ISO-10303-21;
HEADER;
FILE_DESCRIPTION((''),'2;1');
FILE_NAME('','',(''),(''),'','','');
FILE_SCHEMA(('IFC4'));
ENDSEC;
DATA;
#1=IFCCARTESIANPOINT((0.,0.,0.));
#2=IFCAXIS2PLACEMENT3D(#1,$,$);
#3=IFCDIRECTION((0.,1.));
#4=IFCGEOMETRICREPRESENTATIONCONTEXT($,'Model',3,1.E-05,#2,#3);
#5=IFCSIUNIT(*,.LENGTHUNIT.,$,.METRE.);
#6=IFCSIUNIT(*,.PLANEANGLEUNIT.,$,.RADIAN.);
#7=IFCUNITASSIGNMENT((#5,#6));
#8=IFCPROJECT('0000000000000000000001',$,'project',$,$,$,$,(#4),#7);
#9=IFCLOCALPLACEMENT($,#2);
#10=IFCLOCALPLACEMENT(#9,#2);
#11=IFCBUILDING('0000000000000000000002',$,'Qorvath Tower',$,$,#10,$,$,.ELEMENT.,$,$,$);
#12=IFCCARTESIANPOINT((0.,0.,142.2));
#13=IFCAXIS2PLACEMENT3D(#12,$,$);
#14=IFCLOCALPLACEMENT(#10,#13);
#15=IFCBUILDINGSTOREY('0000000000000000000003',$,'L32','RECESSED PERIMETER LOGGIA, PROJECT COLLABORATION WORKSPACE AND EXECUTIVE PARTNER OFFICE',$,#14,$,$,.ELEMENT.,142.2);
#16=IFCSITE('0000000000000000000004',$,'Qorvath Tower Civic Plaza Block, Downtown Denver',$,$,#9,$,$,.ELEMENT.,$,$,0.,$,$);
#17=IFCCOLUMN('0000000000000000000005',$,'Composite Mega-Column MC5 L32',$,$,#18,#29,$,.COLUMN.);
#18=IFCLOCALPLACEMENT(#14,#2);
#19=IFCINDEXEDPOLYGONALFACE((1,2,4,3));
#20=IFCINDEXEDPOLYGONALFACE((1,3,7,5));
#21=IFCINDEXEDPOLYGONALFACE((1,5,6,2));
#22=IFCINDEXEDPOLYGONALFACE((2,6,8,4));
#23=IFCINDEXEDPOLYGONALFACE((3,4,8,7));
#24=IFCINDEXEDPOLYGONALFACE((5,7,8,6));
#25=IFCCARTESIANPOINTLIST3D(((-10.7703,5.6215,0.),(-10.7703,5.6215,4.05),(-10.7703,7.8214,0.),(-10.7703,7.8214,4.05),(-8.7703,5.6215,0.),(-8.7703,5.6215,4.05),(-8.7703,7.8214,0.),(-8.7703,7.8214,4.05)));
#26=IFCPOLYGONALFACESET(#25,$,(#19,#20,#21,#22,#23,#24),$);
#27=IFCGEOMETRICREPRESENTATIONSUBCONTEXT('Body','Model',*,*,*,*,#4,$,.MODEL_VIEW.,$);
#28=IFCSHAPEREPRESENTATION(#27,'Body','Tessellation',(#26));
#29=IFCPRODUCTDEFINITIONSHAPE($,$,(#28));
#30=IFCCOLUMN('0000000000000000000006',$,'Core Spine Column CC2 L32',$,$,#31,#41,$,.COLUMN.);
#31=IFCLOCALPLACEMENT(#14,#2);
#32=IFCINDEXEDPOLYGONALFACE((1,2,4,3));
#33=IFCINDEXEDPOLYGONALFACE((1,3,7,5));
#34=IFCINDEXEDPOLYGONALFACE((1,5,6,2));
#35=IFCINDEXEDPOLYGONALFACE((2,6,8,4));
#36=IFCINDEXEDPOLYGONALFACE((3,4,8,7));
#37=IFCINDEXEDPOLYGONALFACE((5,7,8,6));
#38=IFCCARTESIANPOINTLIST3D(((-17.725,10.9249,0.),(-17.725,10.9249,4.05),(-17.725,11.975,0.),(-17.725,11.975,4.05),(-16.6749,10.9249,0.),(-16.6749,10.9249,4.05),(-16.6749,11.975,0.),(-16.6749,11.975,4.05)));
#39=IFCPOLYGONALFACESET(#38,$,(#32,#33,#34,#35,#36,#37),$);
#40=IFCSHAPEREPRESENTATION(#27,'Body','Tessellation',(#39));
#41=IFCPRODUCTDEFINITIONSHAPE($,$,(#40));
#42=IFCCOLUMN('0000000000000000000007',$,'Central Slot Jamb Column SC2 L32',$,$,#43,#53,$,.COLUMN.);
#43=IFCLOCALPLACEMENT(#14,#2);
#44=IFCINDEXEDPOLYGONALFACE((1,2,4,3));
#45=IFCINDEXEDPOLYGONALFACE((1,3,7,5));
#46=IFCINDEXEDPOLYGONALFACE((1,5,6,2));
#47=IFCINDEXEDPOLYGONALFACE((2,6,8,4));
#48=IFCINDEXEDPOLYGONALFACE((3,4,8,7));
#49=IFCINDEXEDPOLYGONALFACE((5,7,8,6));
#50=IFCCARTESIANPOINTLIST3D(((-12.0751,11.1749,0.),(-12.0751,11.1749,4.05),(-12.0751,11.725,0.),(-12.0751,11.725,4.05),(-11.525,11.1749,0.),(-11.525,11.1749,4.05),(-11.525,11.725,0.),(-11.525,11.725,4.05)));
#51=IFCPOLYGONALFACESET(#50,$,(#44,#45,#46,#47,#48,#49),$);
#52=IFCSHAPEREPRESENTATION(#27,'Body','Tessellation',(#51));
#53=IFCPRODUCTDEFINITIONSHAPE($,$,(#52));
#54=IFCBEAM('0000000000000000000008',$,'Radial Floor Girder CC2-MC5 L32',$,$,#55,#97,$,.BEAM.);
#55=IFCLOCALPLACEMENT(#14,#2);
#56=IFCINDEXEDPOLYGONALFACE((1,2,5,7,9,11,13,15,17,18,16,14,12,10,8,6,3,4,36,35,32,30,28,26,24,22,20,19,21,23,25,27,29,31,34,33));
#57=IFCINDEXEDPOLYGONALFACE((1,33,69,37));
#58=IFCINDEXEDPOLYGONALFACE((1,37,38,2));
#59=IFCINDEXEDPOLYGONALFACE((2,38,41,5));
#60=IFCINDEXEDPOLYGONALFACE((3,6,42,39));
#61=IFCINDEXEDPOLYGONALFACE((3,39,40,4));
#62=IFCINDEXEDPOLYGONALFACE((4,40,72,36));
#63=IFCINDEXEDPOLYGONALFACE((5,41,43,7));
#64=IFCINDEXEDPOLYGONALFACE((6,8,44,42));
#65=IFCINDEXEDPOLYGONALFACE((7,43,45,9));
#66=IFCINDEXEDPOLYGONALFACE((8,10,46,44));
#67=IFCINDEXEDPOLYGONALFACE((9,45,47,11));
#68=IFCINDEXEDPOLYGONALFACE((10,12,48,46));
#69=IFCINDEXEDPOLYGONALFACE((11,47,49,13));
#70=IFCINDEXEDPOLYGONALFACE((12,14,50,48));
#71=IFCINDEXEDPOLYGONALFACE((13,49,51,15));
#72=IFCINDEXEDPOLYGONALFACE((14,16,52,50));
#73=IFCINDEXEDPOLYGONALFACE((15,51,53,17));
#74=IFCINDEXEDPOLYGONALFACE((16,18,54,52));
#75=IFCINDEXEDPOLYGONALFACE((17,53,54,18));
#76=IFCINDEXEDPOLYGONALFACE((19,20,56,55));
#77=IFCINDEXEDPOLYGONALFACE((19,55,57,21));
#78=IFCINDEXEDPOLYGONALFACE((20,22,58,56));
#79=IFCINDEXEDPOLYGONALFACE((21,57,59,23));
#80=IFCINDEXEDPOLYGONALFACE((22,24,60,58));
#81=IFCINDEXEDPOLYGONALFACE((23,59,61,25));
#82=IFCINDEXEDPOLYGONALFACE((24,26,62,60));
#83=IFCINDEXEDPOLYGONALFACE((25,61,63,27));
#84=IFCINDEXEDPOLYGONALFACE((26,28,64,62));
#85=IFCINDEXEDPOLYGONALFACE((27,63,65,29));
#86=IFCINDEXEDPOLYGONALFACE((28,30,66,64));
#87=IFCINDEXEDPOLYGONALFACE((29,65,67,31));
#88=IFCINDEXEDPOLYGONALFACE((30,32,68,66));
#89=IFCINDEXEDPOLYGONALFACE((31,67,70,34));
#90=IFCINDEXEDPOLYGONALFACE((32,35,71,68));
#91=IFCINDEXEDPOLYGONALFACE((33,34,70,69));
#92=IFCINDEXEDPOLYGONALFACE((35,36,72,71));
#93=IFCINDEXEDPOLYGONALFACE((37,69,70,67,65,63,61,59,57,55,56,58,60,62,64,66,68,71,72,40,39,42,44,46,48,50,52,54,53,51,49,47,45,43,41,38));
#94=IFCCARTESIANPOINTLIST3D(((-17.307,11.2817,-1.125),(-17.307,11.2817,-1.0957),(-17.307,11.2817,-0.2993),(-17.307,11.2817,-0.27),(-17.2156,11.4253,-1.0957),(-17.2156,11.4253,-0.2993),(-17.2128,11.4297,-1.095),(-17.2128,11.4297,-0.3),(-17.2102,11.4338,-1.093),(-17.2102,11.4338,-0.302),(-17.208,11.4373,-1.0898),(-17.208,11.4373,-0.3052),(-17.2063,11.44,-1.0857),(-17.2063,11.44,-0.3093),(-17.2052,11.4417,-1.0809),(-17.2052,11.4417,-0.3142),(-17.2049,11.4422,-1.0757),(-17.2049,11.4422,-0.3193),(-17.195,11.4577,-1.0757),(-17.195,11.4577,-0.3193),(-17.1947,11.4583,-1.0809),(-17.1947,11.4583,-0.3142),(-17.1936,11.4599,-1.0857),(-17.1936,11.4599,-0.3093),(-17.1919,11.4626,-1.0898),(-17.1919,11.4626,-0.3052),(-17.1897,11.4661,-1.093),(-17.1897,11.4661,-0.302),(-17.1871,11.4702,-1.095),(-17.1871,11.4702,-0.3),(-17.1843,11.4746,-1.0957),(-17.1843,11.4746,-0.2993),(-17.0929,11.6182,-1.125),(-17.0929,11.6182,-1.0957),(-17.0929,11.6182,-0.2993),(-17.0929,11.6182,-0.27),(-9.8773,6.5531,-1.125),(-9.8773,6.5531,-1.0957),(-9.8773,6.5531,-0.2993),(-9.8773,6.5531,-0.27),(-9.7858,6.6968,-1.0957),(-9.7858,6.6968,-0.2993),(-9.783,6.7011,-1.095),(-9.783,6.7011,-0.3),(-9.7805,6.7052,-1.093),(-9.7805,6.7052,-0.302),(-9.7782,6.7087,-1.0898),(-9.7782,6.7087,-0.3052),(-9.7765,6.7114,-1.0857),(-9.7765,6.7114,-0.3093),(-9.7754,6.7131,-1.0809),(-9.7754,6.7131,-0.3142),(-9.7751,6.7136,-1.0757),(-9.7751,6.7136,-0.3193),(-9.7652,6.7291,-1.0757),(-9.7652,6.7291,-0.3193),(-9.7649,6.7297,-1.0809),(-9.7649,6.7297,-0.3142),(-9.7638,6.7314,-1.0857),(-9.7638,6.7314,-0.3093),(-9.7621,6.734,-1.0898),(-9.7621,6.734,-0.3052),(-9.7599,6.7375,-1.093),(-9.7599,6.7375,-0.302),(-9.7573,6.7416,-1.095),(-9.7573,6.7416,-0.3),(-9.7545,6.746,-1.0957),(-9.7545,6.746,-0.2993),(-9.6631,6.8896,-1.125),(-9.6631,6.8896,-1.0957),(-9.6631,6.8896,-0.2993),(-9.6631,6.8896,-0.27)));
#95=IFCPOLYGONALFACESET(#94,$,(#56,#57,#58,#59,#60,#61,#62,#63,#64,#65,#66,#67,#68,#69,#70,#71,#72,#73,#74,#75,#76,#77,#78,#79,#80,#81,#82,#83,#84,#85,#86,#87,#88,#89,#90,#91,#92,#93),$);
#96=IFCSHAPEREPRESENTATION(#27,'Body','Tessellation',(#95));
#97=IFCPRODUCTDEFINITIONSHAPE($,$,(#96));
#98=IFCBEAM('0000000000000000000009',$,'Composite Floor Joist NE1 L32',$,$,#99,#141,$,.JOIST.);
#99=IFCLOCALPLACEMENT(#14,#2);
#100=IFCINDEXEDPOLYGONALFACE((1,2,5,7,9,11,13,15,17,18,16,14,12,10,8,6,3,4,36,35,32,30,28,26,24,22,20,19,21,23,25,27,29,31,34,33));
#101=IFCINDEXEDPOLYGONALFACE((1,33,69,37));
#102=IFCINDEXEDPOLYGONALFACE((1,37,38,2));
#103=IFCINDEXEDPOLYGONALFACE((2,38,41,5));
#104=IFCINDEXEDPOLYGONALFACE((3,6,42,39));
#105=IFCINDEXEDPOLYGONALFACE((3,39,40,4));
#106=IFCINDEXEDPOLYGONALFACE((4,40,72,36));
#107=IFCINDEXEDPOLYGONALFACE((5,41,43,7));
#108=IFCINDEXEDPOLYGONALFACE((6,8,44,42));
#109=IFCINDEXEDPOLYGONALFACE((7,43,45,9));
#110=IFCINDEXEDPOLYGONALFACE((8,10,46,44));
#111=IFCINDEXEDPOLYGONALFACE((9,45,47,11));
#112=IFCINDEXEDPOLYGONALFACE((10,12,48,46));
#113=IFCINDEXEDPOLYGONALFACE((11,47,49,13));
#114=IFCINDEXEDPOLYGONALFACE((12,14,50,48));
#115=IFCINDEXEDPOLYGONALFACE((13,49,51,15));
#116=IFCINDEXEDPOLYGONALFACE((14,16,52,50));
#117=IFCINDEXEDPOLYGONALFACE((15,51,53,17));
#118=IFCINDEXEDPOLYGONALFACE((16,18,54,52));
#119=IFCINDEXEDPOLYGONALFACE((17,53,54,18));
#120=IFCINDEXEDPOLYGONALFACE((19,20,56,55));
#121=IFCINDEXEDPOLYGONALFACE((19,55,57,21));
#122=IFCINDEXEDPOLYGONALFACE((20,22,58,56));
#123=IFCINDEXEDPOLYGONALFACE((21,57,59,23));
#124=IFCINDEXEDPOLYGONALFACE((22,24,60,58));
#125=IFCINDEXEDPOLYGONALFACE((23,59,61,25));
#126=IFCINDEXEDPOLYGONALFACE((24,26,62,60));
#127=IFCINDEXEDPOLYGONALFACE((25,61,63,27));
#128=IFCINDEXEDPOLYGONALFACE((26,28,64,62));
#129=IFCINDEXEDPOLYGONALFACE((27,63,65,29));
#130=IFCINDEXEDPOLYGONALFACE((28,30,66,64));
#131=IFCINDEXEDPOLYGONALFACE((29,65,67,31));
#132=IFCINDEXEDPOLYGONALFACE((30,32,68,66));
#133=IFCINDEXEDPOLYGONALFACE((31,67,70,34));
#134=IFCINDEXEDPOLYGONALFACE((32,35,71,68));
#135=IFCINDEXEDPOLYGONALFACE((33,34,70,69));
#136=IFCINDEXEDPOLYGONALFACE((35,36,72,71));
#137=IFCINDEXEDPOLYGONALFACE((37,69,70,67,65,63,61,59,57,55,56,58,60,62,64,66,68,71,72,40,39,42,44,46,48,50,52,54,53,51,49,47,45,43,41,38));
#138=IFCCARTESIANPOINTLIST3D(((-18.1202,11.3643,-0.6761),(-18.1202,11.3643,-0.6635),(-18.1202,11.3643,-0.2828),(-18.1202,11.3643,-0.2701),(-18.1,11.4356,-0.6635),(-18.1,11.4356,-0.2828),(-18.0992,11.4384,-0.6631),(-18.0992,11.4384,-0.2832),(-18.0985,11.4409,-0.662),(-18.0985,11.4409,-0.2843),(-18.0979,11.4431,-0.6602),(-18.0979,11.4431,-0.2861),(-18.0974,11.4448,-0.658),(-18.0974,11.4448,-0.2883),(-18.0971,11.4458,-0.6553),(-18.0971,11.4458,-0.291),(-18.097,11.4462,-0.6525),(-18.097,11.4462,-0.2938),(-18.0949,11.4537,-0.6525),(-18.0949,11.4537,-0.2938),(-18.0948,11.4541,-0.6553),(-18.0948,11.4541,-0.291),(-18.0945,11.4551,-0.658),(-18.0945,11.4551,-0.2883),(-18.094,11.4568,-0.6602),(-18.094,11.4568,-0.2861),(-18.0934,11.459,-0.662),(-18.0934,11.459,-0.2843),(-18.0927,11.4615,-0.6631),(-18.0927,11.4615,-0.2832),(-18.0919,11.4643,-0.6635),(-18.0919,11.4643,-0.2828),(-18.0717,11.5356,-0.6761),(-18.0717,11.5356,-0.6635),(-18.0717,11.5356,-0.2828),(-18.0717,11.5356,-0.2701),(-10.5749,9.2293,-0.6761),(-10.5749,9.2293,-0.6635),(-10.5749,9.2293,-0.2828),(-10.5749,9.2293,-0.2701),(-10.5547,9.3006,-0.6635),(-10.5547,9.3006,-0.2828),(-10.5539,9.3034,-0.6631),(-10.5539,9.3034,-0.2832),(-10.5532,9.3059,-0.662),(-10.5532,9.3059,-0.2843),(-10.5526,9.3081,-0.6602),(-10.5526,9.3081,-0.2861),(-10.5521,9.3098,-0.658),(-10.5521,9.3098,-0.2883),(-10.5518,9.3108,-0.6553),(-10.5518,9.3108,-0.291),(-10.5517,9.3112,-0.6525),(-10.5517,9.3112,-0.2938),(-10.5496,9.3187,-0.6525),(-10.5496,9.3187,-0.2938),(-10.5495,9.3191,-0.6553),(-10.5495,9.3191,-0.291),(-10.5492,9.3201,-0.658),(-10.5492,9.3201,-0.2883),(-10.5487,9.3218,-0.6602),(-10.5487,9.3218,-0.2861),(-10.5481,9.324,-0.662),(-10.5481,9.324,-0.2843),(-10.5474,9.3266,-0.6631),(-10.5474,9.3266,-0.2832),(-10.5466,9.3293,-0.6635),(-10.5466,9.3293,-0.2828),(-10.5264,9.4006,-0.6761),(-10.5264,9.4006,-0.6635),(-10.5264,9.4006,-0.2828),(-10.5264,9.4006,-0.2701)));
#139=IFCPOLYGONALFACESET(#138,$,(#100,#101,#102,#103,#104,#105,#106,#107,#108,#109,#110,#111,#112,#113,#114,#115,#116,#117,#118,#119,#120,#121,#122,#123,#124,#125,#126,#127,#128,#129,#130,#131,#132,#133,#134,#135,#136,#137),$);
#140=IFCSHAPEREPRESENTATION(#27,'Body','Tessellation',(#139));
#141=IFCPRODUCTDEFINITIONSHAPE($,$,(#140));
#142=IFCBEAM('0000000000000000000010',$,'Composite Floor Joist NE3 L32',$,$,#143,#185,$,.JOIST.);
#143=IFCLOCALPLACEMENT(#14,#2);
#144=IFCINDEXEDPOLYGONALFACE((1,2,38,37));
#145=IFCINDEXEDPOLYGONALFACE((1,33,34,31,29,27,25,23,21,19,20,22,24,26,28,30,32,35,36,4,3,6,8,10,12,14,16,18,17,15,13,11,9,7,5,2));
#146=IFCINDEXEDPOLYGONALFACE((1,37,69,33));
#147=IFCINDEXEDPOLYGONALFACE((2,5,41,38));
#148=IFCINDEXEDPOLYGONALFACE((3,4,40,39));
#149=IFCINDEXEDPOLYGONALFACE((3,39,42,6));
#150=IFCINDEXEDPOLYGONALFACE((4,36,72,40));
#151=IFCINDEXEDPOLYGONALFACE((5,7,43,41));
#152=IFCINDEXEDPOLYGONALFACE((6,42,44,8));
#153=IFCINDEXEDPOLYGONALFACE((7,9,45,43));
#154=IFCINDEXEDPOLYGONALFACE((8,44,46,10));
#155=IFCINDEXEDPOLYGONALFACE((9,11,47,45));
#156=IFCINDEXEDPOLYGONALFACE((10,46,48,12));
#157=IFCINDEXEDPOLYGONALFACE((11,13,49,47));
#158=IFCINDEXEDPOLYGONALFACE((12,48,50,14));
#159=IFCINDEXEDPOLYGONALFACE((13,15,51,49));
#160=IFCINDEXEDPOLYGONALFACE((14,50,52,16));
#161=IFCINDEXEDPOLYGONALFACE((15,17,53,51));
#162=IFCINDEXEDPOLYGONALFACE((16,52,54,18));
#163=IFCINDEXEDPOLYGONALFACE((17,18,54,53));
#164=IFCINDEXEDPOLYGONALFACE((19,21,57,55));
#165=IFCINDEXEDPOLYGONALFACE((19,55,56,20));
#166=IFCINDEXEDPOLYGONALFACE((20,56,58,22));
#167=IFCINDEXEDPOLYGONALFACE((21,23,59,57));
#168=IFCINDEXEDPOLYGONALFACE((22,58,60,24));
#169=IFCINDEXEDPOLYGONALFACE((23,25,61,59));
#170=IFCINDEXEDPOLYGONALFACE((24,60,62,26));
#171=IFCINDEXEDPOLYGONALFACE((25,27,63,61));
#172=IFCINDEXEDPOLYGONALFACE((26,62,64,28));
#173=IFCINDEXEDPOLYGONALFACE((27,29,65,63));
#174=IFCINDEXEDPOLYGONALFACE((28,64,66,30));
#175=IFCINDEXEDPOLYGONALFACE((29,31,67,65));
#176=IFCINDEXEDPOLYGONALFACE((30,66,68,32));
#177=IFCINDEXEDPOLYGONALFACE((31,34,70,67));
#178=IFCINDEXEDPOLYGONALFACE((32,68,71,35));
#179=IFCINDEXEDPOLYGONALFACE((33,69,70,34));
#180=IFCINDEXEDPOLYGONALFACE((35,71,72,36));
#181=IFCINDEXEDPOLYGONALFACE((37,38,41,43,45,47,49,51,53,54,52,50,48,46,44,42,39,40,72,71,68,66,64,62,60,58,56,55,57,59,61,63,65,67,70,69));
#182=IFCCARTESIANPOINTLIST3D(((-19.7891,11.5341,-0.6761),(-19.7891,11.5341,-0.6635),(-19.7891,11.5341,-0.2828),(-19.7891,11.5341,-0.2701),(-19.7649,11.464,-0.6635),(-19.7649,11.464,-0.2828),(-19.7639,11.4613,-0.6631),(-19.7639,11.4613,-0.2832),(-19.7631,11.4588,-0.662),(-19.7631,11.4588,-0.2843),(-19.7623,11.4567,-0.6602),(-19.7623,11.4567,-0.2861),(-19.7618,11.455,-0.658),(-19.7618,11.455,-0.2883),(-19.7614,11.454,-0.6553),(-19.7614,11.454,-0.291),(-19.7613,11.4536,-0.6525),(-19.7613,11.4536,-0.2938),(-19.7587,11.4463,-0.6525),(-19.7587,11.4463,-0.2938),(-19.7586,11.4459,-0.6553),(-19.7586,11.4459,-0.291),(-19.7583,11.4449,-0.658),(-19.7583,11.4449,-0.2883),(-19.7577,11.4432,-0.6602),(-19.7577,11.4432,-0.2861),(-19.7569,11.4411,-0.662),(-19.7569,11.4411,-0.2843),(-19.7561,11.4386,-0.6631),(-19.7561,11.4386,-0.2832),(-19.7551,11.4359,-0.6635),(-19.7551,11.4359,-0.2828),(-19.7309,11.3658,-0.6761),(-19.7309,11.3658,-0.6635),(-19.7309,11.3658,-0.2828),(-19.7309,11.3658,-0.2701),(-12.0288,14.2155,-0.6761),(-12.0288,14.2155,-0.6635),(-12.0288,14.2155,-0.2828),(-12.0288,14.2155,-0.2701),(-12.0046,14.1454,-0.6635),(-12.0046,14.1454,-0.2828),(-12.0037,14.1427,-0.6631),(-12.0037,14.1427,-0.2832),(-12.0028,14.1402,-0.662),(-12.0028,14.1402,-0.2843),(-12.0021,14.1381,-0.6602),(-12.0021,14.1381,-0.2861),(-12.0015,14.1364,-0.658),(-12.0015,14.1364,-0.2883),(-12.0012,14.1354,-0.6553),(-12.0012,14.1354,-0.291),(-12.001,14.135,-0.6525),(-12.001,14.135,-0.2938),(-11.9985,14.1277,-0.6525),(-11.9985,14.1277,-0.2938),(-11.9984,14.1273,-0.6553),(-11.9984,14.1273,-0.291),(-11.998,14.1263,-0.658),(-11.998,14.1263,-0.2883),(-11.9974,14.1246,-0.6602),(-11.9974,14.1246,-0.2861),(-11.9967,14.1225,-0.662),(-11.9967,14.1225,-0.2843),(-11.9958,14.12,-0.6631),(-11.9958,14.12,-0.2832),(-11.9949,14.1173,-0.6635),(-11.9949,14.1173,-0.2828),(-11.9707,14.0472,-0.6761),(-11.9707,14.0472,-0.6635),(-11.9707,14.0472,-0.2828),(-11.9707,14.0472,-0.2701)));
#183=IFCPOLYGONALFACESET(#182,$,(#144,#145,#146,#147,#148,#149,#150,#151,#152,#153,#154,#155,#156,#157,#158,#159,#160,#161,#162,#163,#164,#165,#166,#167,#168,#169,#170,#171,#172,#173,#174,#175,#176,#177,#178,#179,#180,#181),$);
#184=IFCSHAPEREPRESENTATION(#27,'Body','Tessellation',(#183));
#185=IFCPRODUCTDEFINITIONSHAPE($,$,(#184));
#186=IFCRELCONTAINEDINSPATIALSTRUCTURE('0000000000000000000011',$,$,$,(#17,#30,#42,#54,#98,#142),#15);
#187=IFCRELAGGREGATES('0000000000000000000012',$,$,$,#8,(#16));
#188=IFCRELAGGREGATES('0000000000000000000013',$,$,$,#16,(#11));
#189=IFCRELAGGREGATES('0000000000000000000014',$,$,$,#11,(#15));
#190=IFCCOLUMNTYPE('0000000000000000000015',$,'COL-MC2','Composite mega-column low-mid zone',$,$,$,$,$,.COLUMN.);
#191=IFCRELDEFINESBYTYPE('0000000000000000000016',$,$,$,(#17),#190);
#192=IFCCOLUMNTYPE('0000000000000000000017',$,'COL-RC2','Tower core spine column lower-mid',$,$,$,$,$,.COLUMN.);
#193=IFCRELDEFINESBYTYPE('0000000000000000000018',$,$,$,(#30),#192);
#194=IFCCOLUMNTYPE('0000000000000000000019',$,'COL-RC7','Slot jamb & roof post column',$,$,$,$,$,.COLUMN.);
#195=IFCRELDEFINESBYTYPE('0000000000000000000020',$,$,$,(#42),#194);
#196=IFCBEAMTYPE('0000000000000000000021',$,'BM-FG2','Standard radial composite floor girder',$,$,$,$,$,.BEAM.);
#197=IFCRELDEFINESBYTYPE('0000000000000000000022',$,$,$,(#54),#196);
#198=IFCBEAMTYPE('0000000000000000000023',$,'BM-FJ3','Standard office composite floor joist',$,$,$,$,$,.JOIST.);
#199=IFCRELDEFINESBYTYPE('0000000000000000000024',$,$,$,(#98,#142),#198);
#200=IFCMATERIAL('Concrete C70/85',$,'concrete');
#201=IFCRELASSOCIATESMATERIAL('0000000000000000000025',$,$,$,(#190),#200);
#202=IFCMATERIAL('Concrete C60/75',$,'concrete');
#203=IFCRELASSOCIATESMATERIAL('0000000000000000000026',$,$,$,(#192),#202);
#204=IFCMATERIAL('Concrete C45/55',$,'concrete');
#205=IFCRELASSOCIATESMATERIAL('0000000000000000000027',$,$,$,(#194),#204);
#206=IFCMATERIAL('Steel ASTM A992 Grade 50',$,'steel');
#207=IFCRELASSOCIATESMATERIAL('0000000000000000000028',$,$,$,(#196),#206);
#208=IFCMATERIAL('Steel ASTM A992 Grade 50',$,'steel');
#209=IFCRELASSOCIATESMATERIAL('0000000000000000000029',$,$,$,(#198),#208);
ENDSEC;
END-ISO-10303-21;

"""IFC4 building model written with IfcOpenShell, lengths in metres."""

from ifc_helpers import new_model, si_unit, direction, frame, origin, origin_2d, place, context, subcontext, project, spatial, rectangle, i_section, extrude, material, material_profile, profile_set, type_object, element, save


model = new_model("IFC4")

# Units and contexts
model_context = context("Model", 3, precision=1e-05, world=origin(), true_north=direction((0.0, 1.0)))
body_context = subcontext(model_context, "Body", "Model", "MODEL_VIEW")
ifc_project = project(units=[si_unit("LENGTHUNIT", "METRE"), si_unit("PLANEANGLEUNIT", "RADIAN")], contexts=[model_context])

# Site, building, storey
site_placement = place(None, origin())
site = spatial("IfcSite", under=ifc_project, at=site_placement, Name="Qorvath Tower Civic Plaza Block, Downtown Denver", CompositionType="ELEMENT", RefElevation=0.0)
building_placement = place(site_placement, origin())
building = spatial("IfcBuilding", under=site, at=building_placement, Name="Qorvath Tower", CompositionType="ELEMENT")
storey_placement = place(building_placement, frame((0.0, 0.0, 142.2)))
storey = spatial("IfcBuildingStorey", under=building, at=storey_placement, Name="L32", Description="RECESSED PERIMETER LOGGIA, PROJECT COLLABORATION WORKSPACE AND EXECUTIVE PARTNER OFFICE", CompositionType="ELEMENT", Elevation=142.2)

# Columns
ifc_material_1 = material(Name="Concrete C70/85", Category="concrete")
ifc_material_profile_1 = material_profile(ifc_material_1, rectangle(XDim=2.0, YDim=2.2, at=origin_2d()), Name="MC 2200x2000")
ifc_profile_set_1 = profile_set([ifc_material_profile_1], Name="Concrete C70/85")
column_type_1 = type_object("IfcColumnType", Name="COL-MC2", Description="Composite mega-column low-mid zone", PredefinedType="COLUMN", material=ifc_profile_set_1)
column_1_placement = place(storey_placement, frame((-9.7703, 6.7214, 0.0), z_axis=(0.0, 0.0, 1.0), x_axis=(1.0, 0.0, 0.0)))
element("IfcColumn", 1, at=column_1_placement, inside=storey, type_object=column_type_1, Name="Composite Mega-Column MC5 L32", PredefinedType="COLUMN", context=body_context, shape_type="SweptSolid", body=[
    extrude(rectangle(XDim=2.0, YDim=2.2, at=origin_2d()), origin(), (0.0, 0.0, 1.0), 4.05),
])
ifc_material_2 = material(Name="Concrete C60/75", Category="concrete")
ifc_material_profile_2 = material_profile(ifc_material_2, rectangle(XDim=1.05, YDim=1.05, at=origin_2d()), Name="RC 1050x1050")
ifc_profile_set_2 = profile_set([ifc_material_profile_2], Name="Concrete C60/75")
column_type_2 = type_object("IfcColumnType", Name="COL-RC2", Description="Tower core spine column lower-mid", PredefinedType="COLUMN", material=ifc_profile_set_2)
column_2_placement = place(storey_placement, frame((-17.2, 11.45, 0.0), z_axis=(0.0, 0.0, 1.0), x_axis=(1.0, 0.0, 0.0)))
element("IfcColumn", 2, at=column_2_placement, inside=storey, type_object=column_type_2, Name="Core Spine Column CC2 L32", PredefinedType="COLUMN", context=body_context, shape_type="SweptSolid", body=[
    extrude(rectangle(XDim=1.05, YDim=1.05, at=origin_2d()), origin(), (0.0, 0.0, 1.0), 4.05),
])
ifc_material_3 = material(Name="Concrete C45/55", Category="concrete")
ifc_material_profile_3 = material_profile(ifc_material_3, rectangle(XDim=0.55, YDim=0.55, at=origin_2d()), Name="RC 550x550")
ifc_profile_set_3 = profile_set([ifc_material_profile_3], Name="Concrete C45/55")
column_type_3 = type_object("IfcColumnType", Name="COL-RC7", Description="Slot jamb & roof post column", PredefinedType="COLUMN", material=ifc_profile_set_3)
column_3_placement = place(storey_placement, frame((-11.8, 11.45, 0.0), z_axis=(0.0, 0.0, 1.0), x_axis=(1.0, 0.0, 0.0)))
element("IfcColumn", 3, at=column_3_placement, inside=storey, type_object=column_type_3, Name="Central Slot Jamb Column SC2 L32", PredefinedType="COLUMN", context=body_context, shape_type="SweptSolid", body=[
    extrude(rectangle(XDim=0.55, YDim=0.55, at=origin_2d()), origin(), (0.0, 0.0, 1.0), 4.05),
])

# Beams
ifc_material_4 = material(Name="Steel ASTM A992 Grade 50", Category="steel")
ifc_material_profile_4 = material_profile(ifc_material_4, i_section(OverallWidth=0.3989, OverallDepth=0.855, WebThickness=0.0183, FlangeThickness=0.0293, FilletRadius=0.02, at=origin_2d()), Name="W33x201")
ifc_profile_set_4 = profile_set([ifc_material_profile_4], Name="Steel ASTM A992 Grade 50")
beam_type_1 = type_object("IfcBeamType", Name="BM-FG2", Description="Standard radial composite floor girder", PredefinedType="BEAM", material=ifc_profile_set_4)
beam_1_placement = place(storey_placement, frame((-17.2, 11.45, -0.6975), z_axis=(0.843634, -0.536919, 0.0), x_axis=(0.536919, 0.843634, 0.0)))
element("IfcBeam", 4, at=beam_1_placement, inside=storey, type_object=beam_type_1, Name="Radial Floor Girder CC2-MC5 L32", PredefinedType="BEAM", context=body_context, shape_type="SweptSolid", body=[
    extrude(i_section(OverallWidth=0.3989, OverallDepth=0.855, WebThickness=0.0183, FlangeThickness=0.0293, FilletRadius=0.02, at=origin_2d()), origin(), (0.0, 0.0, 1.0), 8.8069),
])
ifc_material_5 = material(Name="Steel ASTM A992 Grade 50", Category="steel")
ifc_material_profile_5 = material_profile(ifc_material_5, i_section(OverallWidth=0.178, OverallDepth=0.406, WebThickness=0.0078, FlangeThickness=0.0127, FilletRadius=0.011, at=origin_2d()), Name="W16x40")
ifc_profile_set_5 = profile_set([ifc_material_profile_5], Name="Steel ASTM A992 Grade 50")
beam_type_2 = type_object("IfcBeamType", Name="BM-FJ3", Description="Standard office composite floor joist", PredefinedType="JOIST", material=ifc_profile_set_5)
beam_2_placement = place(storey_placement, frame((-18.0959, 11.45, -0.4731), z_axis=(0.962222, -0.272265, 0.0), x_axis=(0.272265, 0.962222, 0.0)))
element("IfcBeam", 5, at=beam_2_placement, inside=storey, type_object=beam_type_2, Name="Composite Floor Joist NE1 L32", PredefinedType="JOIST", context=body_context, shape_type="SweptSolid", body=[
    extrude(i_section(OverallWidth=0.178, OverallDepth=0.406, WebThickness=0.0078, FlangeThickness=0.0127, FilletRadius=0.011, at=origin_2d()), origin(), (0.0, 0.0, 1.0), 7.8416),
])
beam_3_placement = place(storey_placement, frame((-19.76, 11.45, -0.4731), z_axis=(0.945168, 0.326584, 0.0), x_axis=(-0.326584, 0.945168, 0.0)))
element("IfcBeam", 6, at=beam_3_placement, inside=storey, type_object=beam_type_2, Name="Composite Floor Joist NE3 L32", PredefinedType="JOIST", context=body_context, shape_type="SweptSolid", body=[
    extrude(i_section(OverallWidth=0.178, OverallDepth=0.406, WebThickness=0.0078, FlangeThickness=0.0127, FilletRadius=0.011, at=origin_2d()), origin(), (0.0, 0.0, 1.0), 8.2104),
])

save(model, "model.ifc")
